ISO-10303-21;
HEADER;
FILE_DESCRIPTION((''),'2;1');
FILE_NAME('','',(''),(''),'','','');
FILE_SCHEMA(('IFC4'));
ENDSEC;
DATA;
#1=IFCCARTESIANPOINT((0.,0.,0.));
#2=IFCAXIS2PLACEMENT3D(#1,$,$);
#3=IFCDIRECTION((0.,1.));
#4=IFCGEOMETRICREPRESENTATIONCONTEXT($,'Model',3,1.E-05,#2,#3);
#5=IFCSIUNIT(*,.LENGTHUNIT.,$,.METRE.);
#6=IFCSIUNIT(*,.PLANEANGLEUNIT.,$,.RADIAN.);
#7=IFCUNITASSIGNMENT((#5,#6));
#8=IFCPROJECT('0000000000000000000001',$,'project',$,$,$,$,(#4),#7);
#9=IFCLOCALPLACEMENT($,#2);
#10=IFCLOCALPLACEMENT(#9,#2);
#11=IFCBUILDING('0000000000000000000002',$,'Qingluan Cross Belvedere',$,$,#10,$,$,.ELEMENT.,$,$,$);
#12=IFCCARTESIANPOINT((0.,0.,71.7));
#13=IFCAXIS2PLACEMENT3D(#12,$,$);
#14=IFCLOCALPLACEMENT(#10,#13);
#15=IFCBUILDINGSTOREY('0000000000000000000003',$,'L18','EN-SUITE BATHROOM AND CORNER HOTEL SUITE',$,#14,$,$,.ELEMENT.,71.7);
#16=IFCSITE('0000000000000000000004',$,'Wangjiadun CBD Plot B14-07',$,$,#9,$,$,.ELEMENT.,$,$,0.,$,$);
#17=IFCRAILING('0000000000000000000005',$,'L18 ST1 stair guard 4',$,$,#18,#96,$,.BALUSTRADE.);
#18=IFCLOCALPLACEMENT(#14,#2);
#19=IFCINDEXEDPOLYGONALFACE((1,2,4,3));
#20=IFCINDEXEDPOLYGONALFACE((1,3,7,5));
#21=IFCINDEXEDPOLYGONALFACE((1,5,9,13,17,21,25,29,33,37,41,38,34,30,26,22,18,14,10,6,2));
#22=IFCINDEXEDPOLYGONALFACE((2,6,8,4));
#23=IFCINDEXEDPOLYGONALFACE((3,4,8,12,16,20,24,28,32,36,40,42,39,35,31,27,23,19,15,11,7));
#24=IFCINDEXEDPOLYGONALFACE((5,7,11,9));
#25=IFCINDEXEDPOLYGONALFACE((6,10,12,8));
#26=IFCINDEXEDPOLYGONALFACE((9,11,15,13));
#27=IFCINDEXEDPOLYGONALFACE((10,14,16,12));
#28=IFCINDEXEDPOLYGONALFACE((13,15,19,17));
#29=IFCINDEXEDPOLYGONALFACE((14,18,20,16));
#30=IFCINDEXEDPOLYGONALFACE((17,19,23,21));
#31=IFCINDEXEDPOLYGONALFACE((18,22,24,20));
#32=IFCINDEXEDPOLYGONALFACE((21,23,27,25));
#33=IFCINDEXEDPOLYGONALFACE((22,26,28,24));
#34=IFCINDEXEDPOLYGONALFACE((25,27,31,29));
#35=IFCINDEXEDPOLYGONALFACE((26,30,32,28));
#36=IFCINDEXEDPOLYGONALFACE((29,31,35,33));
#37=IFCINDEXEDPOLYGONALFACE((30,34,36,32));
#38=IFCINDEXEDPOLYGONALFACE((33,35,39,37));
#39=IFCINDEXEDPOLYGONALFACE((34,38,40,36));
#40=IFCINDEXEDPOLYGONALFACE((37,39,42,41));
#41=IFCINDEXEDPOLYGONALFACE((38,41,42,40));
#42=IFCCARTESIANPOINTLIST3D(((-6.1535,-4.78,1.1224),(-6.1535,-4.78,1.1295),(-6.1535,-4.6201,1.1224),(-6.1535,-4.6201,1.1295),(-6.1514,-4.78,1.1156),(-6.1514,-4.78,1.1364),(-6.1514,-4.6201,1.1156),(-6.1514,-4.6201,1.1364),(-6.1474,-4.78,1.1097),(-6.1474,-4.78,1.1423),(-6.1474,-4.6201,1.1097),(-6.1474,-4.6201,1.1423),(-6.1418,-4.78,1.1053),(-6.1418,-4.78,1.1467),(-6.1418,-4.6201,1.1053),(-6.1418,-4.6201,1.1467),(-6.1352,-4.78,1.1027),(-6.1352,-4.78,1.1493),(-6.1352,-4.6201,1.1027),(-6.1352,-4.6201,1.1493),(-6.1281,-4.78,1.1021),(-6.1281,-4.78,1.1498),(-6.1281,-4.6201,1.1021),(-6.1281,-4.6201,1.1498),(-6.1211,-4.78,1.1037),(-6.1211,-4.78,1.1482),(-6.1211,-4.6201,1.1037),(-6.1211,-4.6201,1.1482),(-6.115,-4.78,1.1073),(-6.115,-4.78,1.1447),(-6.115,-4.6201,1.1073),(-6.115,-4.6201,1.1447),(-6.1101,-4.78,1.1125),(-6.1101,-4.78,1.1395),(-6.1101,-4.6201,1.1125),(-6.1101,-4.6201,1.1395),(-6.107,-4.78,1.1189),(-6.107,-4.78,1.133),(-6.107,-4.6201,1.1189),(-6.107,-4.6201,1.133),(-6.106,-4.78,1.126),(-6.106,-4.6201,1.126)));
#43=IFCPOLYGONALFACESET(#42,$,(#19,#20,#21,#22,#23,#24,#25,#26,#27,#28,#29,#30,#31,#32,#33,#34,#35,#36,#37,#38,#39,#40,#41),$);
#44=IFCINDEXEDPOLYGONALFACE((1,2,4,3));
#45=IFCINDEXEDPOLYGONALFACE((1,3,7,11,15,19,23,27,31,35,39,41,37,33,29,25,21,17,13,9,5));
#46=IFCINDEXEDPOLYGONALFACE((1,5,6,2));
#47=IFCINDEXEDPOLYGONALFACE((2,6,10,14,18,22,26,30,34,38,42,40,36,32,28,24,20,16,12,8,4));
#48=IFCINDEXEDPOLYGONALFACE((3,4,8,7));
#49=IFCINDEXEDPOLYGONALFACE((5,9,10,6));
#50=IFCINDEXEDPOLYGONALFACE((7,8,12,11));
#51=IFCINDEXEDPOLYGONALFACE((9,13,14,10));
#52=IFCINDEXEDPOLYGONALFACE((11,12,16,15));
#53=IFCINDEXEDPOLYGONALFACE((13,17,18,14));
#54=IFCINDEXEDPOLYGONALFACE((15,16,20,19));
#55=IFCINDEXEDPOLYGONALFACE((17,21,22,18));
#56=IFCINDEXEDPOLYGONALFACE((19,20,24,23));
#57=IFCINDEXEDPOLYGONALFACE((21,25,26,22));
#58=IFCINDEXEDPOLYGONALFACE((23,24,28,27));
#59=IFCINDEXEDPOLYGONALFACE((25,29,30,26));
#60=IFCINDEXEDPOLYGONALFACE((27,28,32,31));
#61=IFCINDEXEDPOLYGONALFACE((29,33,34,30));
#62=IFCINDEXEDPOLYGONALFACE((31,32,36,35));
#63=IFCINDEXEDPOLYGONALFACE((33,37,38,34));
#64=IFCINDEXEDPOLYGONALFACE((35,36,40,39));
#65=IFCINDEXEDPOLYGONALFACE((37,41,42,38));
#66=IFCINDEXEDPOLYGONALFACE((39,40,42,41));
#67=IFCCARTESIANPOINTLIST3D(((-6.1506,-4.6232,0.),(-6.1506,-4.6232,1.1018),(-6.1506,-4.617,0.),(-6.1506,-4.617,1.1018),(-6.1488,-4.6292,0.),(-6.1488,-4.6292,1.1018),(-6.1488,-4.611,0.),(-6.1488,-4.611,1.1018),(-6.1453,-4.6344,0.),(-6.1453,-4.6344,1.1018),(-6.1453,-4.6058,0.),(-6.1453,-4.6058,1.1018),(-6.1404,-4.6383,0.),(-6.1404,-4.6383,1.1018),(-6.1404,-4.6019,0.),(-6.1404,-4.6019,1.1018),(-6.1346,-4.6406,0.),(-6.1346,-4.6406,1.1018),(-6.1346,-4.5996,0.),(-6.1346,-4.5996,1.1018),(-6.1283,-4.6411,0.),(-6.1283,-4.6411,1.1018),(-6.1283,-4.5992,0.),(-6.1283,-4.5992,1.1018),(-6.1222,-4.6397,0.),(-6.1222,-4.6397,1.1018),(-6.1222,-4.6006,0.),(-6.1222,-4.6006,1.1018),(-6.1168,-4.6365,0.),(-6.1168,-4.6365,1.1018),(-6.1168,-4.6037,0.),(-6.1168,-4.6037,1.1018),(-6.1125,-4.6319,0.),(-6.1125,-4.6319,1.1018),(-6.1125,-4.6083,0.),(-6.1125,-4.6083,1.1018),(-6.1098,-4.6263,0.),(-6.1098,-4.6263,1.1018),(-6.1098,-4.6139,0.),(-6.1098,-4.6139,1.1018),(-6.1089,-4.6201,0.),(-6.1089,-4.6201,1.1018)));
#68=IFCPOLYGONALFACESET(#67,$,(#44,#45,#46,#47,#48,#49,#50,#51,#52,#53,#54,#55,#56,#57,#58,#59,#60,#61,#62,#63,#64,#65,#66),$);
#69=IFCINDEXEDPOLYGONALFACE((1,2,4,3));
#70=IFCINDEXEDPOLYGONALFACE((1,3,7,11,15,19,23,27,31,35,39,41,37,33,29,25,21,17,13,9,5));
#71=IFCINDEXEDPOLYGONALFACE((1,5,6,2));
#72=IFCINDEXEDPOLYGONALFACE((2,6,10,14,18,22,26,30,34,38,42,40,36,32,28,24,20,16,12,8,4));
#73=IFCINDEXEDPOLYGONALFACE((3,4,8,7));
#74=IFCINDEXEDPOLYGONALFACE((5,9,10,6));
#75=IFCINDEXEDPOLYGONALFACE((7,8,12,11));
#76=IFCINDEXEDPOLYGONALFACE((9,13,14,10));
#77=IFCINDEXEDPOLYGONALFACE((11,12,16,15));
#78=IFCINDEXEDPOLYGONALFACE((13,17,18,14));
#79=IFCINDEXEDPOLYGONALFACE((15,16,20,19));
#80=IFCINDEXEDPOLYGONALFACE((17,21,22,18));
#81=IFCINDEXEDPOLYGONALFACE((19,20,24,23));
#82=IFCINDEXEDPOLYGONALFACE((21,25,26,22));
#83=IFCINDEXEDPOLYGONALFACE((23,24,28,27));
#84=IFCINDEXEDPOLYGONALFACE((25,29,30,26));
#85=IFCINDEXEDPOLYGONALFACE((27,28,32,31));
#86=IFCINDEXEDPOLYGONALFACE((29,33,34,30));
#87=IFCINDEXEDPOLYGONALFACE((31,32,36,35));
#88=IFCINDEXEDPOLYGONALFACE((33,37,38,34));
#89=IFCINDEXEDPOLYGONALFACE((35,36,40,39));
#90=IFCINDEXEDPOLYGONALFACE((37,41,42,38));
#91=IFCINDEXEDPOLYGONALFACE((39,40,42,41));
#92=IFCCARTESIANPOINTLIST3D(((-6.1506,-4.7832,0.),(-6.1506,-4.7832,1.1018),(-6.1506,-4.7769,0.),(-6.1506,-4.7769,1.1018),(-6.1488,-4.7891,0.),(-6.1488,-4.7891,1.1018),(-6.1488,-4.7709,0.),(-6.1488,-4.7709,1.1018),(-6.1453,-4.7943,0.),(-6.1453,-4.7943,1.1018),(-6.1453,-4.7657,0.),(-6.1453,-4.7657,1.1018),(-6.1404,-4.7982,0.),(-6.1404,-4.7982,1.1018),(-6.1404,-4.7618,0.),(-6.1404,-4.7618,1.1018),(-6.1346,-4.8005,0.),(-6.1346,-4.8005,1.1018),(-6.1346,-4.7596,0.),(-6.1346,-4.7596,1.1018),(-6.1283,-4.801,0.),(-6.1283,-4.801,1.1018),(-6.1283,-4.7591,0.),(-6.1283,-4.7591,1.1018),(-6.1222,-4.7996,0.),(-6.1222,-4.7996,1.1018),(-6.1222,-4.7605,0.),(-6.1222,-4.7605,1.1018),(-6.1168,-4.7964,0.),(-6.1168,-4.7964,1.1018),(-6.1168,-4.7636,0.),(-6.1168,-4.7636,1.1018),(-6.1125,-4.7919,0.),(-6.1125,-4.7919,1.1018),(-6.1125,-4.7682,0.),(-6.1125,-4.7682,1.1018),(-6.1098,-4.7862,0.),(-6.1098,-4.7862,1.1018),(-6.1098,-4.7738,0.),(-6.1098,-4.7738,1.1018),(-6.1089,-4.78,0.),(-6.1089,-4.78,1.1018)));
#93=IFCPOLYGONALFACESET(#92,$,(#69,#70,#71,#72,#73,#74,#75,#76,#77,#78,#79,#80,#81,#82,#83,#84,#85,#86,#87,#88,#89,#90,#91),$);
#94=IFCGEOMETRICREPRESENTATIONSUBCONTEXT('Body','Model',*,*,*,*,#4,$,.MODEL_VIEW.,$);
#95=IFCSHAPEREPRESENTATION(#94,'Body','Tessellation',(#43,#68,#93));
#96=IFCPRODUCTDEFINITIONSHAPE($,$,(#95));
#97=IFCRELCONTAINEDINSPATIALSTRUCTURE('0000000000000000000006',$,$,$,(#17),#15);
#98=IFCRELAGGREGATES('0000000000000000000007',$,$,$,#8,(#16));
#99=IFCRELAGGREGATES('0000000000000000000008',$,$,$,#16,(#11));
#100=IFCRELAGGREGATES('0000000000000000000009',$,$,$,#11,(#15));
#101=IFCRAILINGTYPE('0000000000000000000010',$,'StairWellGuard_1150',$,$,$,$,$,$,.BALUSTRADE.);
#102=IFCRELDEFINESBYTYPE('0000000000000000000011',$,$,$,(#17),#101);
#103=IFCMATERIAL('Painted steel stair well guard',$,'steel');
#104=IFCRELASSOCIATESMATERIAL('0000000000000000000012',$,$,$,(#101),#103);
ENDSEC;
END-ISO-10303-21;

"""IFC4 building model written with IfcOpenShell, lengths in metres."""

from ifc_helpers import new_model, si_unit, direction, frame, origin, origin_2d, place, context, subcontext, project, spatial, circle, extrude, material, type_object, element, save


model = new_model("IFC4")

# Units and contexts
model_context = context("Model", 3, precision=1e-05, world=origin(), true_north=direction((0.0, 1.0)))
body_context = subcontext(model_context, "Body", "Model", "MODEL_VIEW")
ifc_project = project(units=[si_unit("LENGTHUNIT", "METRE"), si_unit("PLANEANGLEUNIT", "RADIAN")], contexts=[model_context])

# Site, building, storey
site_placement = place(None, origin())
site = spatial("IfcSite", under=ifc_project, at=site_placement, Name="Wangjiadun CBD Plot B14-07", CompositionType="ELEMENT", RefElevation=0.0)
building_placement = place(site_placement, origin())
building = spatial("IfcBuilding", under=site, at=building_placement, Name="Qingluan Cross Belvedere", CompositionType="ELEMENT")
storey_placement = place(building_placement, frame((0.0, 0.0, 71.7)))
storey = spatial("IfcBuildingStorey", under=building, at=storey_placement, Name="L18", Description="EN-SUITE BATHROOM AND CORNER HOTEL SUITE", CompositionType="ELEMENT", Elevation=71.7)

# Railing
ifc_material_1 = material(Name="Painted steel stair well guard", Category="steel")
railing_type_1 = type_object("IfcRailingType", Name="StairWellGuard_1150", PredefinedType="BALUSTRADE", material=ifc_material_1)
railing_1_placement = place(storey_placement, frame((-6.1299, -4.6201, 0.0)))
element("IfcRailing", 1, at=railing_1_placement, inside=storey, type_object=railing_type_1, Name="L18 ST1 stair guard 4", PredefinedType="BALUSTRADE", context=body_context, shape_type="SweptSolid", body=[
    extrude(circle(Radius=0.0239, at=origin_2d()), frame((0.0, 0.0, 1.126), z_axis=(0.0, -1.0, 0.0), x_axis=(1.0, 0.0, 0.0)), (0.0, 0.0, 1.0), 0.1599),
    extrude(circle(Radius=0.021, at=origin_2d()), origin(), (0.0, 0.0, 1.0), 1.1018),
    extrude(circle(Radius=0.021, at=origin_2d()), frame((0.0, -0.1599, 0.0)), (0.0, 0.0, 1.0), 1.1018),
])

save(model, "model.ifc")
